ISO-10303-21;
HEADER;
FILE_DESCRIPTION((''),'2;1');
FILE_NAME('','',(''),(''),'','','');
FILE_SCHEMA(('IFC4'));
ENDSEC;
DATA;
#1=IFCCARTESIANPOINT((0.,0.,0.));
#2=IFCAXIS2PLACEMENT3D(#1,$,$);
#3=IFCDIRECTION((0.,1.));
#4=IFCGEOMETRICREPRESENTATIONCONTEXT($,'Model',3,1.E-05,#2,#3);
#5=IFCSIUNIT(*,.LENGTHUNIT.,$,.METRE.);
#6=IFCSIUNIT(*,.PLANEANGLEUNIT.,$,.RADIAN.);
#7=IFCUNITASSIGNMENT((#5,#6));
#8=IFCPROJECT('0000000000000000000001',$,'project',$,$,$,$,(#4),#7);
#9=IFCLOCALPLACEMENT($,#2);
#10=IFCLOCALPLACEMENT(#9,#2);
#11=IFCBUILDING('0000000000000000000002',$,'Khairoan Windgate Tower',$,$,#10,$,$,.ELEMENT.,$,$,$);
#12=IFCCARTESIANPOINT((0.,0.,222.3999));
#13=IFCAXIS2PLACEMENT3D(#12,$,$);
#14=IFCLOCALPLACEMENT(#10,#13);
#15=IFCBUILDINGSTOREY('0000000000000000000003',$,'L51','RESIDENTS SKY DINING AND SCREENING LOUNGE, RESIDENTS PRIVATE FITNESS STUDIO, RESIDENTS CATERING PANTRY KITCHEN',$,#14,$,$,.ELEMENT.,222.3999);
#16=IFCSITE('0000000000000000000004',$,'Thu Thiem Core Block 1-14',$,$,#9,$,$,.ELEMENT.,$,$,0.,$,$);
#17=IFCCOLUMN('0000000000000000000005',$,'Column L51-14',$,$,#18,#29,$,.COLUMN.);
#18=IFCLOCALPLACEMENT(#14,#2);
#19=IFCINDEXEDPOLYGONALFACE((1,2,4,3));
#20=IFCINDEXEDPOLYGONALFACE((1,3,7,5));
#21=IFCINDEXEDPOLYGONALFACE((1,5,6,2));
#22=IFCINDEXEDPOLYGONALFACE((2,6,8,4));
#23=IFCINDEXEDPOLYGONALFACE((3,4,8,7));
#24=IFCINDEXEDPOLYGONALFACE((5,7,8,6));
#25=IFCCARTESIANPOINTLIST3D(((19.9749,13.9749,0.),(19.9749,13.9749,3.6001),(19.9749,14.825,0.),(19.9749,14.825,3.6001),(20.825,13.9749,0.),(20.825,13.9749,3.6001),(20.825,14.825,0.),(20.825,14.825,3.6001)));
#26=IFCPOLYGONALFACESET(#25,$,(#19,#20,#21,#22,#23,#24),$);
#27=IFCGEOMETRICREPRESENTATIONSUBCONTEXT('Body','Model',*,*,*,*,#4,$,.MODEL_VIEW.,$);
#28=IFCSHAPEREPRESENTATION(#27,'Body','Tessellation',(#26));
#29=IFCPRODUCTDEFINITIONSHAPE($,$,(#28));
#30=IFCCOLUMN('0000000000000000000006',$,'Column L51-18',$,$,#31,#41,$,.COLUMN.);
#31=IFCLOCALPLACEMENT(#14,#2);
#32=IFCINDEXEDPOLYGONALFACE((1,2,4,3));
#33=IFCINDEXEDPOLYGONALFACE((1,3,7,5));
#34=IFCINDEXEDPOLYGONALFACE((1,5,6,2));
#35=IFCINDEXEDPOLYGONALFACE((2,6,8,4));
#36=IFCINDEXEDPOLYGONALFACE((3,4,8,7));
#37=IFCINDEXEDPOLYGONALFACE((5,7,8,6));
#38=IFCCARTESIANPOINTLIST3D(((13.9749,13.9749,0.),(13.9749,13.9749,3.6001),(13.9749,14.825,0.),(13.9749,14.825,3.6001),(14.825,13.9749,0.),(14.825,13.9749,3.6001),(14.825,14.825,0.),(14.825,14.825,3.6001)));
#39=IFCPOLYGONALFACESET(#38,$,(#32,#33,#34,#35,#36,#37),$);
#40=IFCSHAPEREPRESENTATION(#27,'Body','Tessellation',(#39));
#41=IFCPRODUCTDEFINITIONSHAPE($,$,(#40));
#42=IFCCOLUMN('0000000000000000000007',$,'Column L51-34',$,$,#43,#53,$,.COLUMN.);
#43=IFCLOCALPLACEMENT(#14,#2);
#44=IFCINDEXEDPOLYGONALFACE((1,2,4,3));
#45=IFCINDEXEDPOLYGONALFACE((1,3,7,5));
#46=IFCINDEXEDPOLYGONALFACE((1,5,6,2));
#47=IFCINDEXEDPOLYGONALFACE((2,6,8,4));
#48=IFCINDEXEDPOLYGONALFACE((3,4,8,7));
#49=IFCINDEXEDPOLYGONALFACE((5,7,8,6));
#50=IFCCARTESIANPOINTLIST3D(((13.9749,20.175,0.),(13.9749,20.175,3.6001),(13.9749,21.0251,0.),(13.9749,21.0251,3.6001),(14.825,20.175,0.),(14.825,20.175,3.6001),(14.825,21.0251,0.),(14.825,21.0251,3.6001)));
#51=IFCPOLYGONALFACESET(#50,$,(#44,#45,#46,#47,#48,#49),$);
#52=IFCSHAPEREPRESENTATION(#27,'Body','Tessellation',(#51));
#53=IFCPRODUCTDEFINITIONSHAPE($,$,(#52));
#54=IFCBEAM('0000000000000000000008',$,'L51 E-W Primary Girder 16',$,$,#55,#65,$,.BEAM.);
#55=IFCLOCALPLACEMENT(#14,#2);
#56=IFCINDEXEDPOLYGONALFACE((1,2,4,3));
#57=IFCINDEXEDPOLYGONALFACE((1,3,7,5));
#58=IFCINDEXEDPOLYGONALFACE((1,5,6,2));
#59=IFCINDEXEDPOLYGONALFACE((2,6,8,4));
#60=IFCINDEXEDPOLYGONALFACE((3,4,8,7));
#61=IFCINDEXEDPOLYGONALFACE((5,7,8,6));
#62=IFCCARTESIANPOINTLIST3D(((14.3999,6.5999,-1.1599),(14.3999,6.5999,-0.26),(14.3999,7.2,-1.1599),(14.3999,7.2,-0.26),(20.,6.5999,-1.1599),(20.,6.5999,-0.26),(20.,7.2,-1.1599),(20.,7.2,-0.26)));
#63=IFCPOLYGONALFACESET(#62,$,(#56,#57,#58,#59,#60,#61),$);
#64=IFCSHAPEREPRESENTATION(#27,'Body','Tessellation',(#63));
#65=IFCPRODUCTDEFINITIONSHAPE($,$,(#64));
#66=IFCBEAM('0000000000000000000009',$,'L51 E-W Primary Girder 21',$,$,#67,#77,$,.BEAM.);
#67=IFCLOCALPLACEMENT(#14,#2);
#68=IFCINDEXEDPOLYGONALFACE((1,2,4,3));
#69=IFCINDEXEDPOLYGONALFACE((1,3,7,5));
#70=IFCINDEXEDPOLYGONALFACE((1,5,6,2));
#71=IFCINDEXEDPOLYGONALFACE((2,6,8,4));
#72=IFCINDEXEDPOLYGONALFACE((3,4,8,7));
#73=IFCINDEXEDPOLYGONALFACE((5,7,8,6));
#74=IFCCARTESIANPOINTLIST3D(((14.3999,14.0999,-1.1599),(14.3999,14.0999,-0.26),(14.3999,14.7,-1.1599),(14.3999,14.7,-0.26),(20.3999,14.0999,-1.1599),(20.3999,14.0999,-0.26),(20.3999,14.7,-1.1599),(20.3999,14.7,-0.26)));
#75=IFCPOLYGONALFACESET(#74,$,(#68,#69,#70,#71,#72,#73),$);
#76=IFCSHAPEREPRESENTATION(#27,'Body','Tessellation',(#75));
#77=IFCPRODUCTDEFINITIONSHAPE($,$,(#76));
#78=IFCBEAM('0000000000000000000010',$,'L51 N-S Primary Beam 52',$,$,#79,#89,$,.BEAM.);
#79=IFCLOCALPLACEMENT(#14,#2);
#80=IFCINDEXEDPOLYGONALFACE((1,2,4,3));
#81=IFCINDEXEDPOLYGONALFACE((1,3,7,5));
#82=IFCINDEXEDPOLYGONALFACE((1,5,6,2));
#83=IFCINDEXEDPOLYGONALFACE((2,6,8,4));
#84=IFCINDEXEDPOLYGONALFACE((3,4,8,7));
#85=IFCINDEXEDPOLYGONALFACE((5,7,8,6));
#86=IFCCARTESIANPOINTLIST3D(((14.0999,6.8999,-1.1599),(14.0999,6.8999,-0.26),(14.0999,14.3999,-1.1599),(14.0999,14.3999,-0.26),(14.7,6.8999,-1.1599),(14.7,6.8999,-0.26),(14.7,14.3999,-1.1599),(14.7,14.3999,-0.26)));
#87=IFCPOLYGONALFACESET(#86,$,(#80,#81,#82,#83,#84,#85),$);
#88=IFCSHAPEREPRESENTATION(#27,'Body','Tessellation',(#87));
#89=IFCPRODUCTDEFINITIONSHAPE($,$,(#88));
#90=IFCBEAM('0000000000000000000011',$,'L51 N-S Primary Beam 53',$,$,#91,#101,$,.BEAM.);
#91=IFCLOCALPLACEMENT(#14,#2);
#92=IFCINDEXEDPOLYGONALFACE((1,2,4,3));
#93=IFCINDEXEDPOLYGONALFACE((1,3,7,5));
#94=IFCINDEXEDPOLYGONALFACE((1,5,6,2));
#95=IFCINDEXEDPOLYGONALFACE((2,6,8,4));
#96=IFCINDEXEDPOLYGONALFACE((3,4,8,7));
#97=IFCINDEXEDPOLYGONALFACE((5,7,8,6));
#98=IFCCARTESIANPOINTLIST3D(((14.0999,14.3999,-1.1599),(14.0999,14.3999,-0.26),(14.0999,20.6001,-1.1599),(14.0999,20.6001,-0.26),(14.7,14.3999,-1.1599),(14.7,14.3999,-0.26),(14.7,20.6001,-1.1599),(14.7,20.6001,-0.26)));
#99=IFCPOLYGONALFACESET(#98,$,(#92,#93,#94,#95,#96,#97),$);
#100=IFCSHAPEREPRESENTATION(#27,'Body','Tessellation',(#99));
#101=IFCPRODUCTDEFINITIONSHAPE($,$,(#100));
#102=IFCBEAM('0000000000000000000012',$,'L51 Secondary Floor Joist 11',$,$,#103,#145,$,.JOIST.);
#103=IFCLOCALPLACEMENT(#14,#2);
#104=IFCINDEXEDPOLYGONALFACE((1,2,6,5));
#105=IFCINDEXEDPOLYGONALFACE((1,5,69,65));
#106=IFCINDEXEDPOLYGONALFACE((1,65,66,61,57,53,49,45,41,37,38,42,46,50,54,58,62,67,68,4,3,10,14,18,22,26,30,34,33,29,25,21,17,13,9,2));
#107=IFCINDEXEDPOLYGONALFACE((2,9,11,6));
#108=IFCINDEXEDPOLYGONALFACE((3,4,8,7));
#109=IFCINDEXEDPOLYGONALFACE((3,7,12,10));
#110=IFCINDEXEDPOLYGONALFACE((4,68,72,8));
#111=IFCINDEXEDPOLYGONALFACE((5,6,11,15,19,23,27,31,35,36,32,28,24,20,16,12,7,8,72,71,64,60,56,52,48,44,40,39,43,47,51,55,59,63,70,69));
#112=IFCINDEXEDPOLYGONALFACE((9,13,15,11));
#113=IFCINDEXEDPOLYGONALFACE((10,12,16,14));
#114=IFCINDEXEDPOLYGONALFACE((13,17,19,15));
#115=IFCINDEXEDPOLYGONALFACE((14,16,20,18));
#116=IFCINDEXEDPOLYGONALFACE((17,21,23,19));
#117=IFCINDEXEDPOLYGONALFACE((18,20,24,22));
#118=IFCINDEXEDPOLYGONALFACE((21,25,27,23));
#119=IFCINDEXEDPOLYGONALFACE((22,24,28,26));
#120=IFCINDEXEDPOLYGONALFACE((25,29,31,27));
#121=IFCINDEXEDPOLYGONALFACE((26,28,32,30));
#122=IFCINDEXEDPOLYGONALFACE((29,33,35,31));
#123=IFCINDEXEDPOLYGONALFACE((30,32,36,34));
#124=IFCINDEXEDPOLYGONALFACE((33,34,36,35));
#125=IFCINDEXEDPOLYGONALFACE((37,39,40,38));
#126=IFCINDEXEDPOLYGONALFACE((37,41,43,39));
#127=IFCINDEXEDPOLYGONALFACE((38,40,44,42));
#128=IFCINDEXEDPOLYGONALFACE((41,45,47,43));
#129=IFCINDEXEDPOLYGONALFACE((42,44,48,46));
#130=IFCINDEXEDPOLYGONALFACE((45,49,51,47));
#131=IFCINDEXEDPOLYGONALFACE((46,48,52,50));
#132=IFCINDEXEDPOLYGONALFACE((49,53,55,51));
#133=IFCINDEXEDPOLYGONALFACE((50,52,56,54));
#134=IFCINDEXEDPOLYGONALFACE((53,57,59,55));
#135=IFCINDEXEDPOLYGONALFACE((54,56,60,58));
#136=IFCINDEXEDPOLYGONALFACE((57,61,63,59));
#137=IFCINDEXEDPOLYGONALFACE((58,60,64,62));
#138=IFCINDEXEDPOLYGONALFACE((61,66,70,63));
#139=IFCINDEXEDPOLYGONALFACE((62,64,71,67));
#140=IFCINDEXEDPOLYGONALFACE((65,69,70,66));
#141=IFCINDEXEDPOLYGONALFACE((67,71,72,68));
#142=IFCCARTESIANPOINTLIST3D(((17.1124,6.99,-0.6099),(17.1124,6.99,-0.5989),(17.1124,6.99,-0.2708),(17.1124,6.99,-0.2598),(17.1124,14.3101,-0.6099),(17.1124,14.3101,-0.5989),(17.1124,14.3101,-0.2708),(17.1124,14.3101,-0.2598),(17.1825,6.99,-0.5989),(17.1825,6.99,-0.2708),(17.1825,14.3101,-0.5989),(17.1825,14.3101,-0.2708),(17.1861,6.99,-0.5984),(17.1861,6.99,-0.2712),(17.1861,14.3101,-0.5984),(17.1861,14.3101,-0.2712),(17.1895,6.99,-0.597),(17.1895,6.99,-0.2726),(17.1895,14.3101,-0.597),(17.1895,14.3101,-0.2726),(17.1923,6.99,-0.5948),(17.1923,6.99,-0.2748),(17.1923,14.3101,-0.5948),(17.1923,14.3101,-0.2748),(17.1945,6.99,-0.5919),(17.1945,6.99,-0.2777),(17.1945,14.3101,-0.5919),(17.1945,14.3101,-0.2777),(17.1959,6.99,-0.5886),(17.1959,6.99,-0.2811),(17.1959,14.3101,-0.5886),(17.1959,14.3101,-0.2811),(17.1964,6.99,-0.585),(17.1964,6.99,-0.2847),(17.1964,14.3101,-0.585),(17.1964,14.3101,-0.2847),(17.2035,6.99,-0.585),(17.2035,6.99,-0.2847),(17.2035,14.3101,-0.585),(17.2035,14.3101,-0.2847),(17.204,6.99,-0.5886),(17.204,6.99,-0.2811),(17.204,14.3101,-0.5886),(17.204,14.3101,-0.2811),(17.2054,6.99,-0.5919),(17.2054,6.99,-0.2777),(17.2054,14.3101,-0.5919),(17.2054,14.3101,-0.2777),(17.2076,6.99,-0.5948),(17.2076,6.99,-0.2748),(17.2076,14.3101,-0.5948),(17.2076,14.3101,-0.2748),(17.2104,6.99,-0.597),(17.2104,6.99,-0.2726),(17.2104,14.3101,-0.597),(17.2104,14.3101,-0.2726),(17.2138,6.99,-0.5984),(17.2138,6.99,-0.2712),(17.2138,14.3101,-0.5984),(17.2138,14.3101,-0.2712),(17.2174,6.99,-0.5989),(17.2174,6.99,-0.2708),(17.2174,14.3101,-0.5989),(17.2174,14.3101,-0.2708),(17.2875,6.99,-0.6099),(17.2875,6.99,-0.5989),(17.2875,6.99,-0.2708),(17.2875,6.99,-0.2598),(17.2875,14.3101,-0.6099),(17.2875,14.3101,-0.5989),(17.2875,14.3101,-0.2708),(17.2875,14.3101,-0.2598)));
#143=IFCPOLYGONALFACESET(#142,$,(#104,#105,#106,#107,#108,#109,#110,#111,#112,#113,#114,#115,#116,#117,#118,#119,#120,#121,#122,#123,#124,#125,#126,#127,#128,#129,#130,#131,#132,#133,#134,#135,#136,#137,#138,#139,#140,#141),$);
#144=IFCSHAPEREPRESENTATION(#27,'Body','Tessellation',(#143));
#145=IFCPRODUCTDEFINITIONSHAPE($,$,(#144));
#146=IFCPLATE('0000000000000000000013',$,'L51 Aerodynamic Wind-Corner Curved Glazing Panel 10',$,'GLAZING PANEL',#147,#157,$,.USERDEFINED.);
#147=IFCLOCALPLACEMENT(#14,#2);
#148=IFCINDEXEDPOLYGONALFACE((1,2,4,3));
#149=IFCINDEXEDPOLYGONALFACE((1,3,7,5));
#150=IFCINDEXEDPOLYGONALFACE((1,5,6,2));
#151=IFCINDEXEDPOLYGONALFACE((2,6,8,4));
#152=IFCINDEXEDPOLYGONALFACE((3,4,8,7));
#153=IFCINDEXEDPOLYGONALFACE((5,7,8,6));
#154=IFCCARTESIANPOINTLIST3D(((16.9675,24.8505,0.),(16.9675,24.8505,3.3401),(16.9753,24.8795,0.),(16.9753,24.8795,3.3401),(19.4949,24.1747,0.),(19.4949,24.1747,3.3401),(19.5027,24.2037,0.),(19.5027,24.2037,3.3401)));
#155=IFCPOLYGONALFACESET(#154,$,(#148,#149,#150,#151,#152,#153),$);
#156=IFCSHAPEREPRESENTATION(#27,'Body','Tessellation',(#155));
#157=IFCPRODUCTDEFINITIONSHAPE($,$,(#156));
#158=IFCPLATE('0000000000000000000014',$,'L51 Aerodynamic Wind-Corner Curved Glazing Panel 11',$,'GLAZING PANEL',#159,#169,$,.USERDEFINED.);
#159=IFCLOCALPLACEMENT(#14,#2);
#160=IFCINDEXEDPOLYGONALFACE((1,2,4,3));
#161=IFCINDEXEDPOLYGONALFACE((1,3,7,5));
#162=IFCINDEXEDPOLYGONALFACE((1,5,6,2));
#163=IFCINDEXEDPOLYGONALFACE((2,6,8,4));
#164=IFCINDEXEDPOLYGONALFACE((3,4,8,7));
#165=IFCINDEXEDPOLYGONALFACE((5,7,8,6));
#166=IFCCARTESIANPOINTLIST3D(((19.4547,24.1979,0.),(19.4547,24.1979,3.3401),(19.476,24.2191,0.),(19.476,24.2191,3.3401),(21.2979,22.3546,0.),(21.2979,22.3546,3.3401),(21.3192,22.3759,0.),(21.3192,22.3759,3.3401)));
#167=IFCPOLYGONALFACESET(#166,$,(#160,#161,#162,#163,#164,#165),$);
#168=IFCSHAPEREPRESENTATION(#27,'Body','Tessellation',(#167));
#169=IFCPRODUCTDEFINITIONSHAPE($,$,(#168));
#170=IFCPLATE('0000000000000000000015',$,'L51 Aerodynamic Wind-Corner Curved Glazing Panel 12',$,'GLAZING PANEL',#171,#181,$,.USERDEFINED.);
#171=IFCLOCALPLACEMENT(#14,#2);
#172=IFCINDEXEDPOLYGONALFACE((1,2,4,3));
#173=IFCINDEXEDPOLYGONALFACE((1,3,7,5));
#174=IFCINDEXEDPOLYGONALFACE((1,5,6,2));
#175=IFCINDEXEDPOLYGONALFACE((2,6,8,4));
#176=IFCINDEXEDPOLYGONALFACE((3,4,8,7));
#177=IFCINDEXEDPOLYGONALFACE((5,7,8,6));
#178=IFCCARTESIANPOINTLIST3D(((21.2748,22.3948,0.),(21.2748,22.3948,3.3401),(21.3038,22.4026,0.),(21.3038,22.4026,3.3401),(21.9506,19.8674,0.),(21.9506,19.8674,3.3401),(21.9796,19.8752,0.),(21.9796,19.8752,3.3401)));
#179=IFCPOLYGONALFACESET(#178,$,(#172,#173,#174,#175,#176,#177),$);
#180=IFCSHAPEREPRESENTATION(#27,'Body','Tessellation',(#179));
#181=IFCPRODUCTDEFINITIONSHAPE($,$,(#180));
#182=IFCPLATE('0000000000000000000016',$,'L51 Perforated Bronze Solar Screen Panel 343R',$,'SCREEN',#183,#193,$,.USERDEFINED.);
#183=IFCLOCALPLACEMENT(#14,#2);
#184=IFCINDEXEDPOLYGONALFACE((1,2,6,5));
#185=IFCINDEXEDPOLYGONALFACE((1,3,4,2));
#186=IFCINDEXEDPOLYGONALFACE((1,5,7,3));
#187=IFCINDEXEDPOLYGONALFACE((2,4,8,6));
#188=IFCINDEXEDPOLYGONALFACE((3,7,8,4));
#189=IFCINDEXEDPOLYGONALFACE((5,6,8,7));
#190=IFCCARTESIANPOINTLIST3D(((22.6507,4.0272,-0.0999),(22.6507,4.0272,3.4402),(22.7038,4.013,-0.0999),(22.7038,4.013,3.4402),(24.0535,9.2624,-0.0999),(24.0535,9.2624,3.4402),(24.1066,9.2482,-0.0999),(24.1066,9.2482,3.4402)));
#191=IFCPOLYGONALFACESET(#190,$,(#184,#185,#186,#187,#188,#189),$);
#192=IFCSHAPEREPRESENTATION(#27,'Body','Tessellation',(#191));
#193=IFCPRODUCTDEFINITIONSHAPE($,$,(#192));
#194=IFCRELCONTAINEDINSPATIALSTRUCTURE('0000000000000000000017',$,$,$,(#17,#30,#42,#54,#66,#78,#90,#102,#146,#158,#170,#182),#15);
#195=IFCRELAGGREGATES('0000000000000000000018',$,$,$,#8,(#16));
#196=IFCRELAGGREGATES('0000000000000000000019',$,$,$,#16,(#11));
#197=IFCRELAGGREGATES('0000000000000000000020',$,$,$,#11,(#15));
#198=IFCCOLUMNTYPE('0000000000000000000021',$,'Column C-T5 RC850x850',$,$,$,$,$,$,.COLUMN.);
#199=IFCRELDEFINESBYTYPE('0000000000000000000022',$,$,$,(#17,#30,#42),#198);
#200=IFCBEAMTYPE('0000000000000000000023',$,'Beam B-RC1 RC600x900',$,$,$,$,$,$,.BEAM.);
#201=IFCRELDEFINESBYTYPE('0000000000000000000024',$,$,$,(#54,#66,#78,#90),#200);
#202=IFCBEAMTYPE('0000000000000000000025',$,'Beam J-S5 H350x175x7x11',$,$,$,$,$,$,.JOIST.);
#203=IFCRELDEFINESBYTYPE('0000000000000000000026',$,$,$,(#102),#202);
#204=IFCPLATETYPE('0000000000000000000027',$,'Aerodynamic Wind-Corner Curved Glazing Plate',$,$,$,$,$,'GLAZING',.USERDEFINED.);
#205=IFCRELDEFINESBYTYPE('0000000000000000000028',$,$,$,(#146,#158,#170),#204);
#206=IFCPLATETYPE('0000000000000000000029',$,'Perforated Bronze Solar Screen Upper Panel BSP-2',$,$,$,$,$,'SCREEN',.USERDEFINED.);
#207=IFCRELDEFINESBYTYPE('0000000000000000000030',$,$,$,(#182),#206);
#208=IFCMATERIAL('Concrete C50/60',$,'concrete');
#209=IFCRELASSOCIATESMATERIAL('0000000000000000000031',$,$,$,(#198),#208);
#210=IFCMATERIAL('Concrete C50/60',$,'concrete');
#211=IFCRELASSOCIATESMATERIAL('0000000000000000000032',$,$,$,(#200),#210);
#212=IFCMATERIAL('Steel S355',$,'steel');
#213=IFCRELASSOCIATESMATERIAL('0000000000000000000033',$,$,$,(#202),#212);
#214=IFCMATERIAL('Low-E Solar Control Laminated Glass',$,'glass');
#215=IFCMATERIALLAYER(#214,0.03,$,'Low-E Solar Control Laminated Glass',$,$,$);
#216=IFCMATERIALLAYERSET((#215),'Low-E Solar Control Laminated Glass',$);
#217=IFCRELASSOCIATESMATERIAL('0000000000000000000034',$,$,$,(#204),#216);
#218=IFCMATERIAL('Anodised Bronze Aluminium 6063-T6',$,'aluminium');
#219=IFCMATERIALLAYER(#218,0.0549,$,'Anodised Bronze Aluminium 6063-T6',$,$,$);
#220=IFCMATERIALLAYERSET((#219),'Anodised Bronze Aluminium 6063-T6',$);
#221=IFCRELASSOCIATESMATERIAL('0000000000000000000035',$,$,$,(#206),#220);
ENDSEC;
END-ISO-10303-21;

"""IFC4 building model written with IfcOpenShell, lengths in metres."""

from ifc_helpers import new_model, si_unit, direction, frame, origin, origin_2d, place, context, subcontext, project, spatial, rectangle, i_section, extrude, material, layer, layer_set, material_profile, profile_set, type_object, element, save


model = new_model("IFC4")

# Units and contexts
model_context = context("Model", 3, precision=1e-05, world=origin(), true_north=direction((0.0, 1.0)))
body_context = subcontext(model_context, "Body", "Model", "MODEL_VIEW")
ifc_project = project(units=[si_unit("LENGTHUNIT", "METRE"), si_unit("PLANEANGLEUNIT", "RADIAN")], contexts=[model_context])

# Site, building, storey
site_placement = place(None, origin())
site = spatial("IfcSite", under=ifc_project, at=site_placement, Name="Thu Thiem Core Block 1-14", CompositionType="ELEMENT", RefElevation=0.0)
building_placement = place(site_placement, origin())
building = spatial("IfcBuilding", under=site, at=building_placement, Name="Khairoan Windgate Tower", CompositionType="ELEMENT")
storey_placement = place(building_placement, frame((0.0, 0.0, 222.3999)))
storey = spatial("IfcBuildingStorey", under=building, at=storey_placement, Name="L51", Description="RESIDENTS SKY DINING AND SCREENING LOUNGE, RESIDENTS PRIVATE FITNESS STUDIO, RESIDENTS CATERING PANTRY KITCHEN", CompositionType="ELEMENT", Elevation=222.3999)

# Columns
ifc_material_1 = material(Name="Concrete C50/60", Category="concrete")
ifc_material_profile_1 = material_profile(ifc_material_1, rectangle(XDim=0.8501, YDim=0.8501, at=origin_2d()))
ifc_profile_set_1 = profile_set([ifc_material_profile_1], Name="Concrete C50/60")
column_type = type_object("IfcColumnType", Name="Column C-T5 RC850x850", PredefinedType="COLUMN", material=ifc_profile_set_1)
for number, where, z_axis, x_axis, name in (
    (1, (20.3999, 14.3999, 0.0), (0.0, 0.0, 1.0), (1.0, 0.0, 0.0), "Column L51-14"),
    (2, (14.3999, 14.3999, 0.0), (0.0, 0.0, 1.0), (1.0, 0.0, 0.0), "Column L51-18"),
    (3, (14.3999, 20.6001, 0.0), (0.0, 0.0, 1.0), (1.0, 0.0, 0.0), "Column L51-34"),
):
    element("IfcColumn", number, at=place(storey_placement, frame(where, z_axis=z_axis, x_axis=x_axis)), inside=storey, type_object=column_type, Name=name, PredefinedType="COLUMN", context=body_context, shape_type="SweptSolid", body=[
        extrude(rectangle(XDim=0.8501, YDim=0.8501, at=origin_2d()), origin(), (0.0, 0.0, 1.0), 3.6001),
    ])

# Beams
ifc_material_2 = material(Name="Concrete C50/60", Category="concrete")
ifc_material_profile_2 = material_profile(ifc_material_2, rectangle(XDim=0.6001, YDim=0.8999, at=origin_2d()))
ifc_profile_set_2 = profile_set([ifc_material_profile_2], Name="Concrete C50/60")
beam_type_1 = type_object("IfcBeamType", Name="Beam B-RC1 RC600x900", PredefinedType="BEAM", material=ifc_profile_set_2)
beam_1_placement = place(storey_placement, frame((14.3999, 6.8999, -0.71), z_axis=(1.0, 0.0, 0.0), x_axis=(0.0, 1.0, 0.0)))
element("IfcBeam", 4, at=beam_1_placement, inside=storey, type_object=beam_type_1, Name="L51 E-W Primary Girder 16", PredefinedType="BEAM", context=body_context, shape_type="SweptSolid", body=[
    extrude(rectangle(XDim=0.6001, YDim=0.8999, at=origin_2d()), origin(), (0.0, 0.0, 1.0), 5.6001),
])
beam_2_placement = place(storey_placement, frame((14.3999, 14.3999, -0.71), z_axis=(1.0, 0.0, 0.0), x_axis=(0.0, 1.0, 0.0)))
element("IfcBeam", 5, at=beam_2_placement, inside=storey, type_object=beam_type_1, Name="L51 E-W Primary Girder 21", PredefinedType="BEAM", context=body_context, shape_type="SweptSolid", body=[
    extrude(rectangle(XDim=0.6001, YDim=0.8999, at=origin_2d()), origin(), (0.0, 0.0, 1.0), 6.0),
])
beam_3_placement = place(storey_placement, frame((14.3999, 6.8999, -0.71), z_axis=(0.0, 1.0, 0.0), x_axis=(-1.0, 0.0, 0.0)))
element("IfcBeam", 6, at=beam_3_placement, inside=storey, type_object=beam_type_1, Name="L51 N-S Primary Beam 52", PredefinedType="BEAM", context=body_context, shape_type="SweptSolid", body=[
    extrude(rectangle(XDim=0.6001, YDim=0.8999, at=origin_2d()), origin(), (0.0, 0.0, 1.0), 7.5),
])
beam_4_placement = place(storey_placement, frame((14.3999, 14.3999, -0.71), z_axis=(0.0, 1.0, 0.0), x_axis=(-1.0, 0.0, 0.0)))
element("IfcBeam", 7, at=beam_4_placement, inside=storey, type_object=beam_type_1, Name="L51 N-S Primary Beam 53", PredefinedType="BEAM", context=body_context, shape_type="SweptSolid", body=[
    extrude(rectangle(XDim=0.6001, YDim=0.8999, at=origin_2d()), origin(), (0.0, 0.0, 1.0), 6.2002),
])
ifc_material_3 = material(Name="Steel S355", Category="steel")
ifc_material_profile_3 = material_profile(ifc_material_3, i_section(OverallWidth=0.175, OverallDepth=0.3501, WebThickness=0.0071, FlangeThickness=0.011, FilletRadius=0.0139, at=origin_2d()))
ifc_profile_set_3 = profile_set([ifc_material_profile_3], Name="Steel S355")
beam_type_2 = type_object("IfcBeamType", Name="Beam J-S5 H350x175x7x11", PredefinedType="JOIST", material=ifc_profile_set_3)
beam_5_placement = place(storey_placement, frame((17.2, 6.99, -0.4348), z_axis=(0.0, 1.0, 0.0), x_axis=(-1.0, 0.0, 0.0)))
element("IfcBeam", 8, at=beam_5_placement, inside=storey, type_object=beam_type_2, Name="L51 Secondary Floor Joist 11", PredefinedType="JOIST", context=body_context, shape_type="SweptSolid", body=[
    extrude(i_section(OverallWidth=0.175, OverallDepth=0.3501, WebThickness=0.0071, FlangeThickness=0.011, FilletRadius=0.0139, at=origin_2d()), origin(), (0.0, 0.0, 1.0), 7.3201),
])

# Plates
ifc_material_4 = material(Name="Low-E Solar Control Laminated Glass", Category="glass")
ifc_layer_1 = layer(ifc_material_4, 0.03, Name="Low-E Solar Control Laminated Glass")
ifc_layer_set_1 = layer_set([ifc_layer_1], Name="Low-E Solar Control Laminated Glass")
plate_type_1 = type_object("IfcPlateType", Name="Aerodynamic Wind-Corner Curved Glazing Plate", ElementType="GLAZING", PredefinedType="USERDEFINED", material=ifc_layer_set_1)
plate_1_placement = place(storey_placement, frame((18.2351, 24.5271, 0.0), z_axis=(0.0, 0.0, 1.0), x_axis=(0.966061, -0.258313, 0.0)))
element("IfcPlate", 9, at=plate_1_placement, inside=storey, type_object=plate_type_1, Name="L51 Aerodynamic Wind-Corner Curved Glazing Panel 10", ObjectType="GLAZING PANEL", PredefinedType="USERDEFINED", context=body_context, shape_type="SweptSolid", body=[
    extrude(rectangle(XDim=2.6162, YDim=0.03, at=origin_2d()), origin(), (0.0, 0.0, 1.0), 3.3401),
])
plate_2_placement = place(storey_placement, frame((20.387, 23.2869, 0.0), z_axis=(0.0, 0.0, 1.0), x_axis=(0.707107, -0.707107, 0.0)))
element("IfcPlate", 10, at=plate_2_placement, inside=storey, type_object=plate_type_1, Name="L51 Aerodynamic Wind-Corner Curved Glazing Panel 11", ObjectType="GLAZING PANEL", PredefinedType="USERDEFINED", context=body_context, shape_type="SweptSolid", body=[
    extrude(rectangle(XDim=2.6067, YDim=0.03, at=origin_2d()), origin(), (0.0, 0.0, 1.0), 3.3401),
])
plate_3_placement = place(storey_placement, frame((21.6272, 21.135, 0.0), z_axis=(0.0, 0.0, 1.0), x_axis=(0.258313, -0.966061, 0.0)))
element("IfcPlate", 11, at=plate_3_placement, inside=storey, type_object=plate_type_1, Name="L51 Aerodynamic Wind-Corner Curved Glazing Panel 12", ObjectType="GLAZING PANEL", PredefinedType="USERDEFINED", context=body_context, shape_type="SweptSolid", body=[
    extrude(rectangle(XDim=2.6162, YDim=0.03, at=origin_2d()), origin(), (0.0, 0.0, 1.0), 3.3401),
])

# Plate
ifc_material_5 = material(Name="Anodised Bronze Aluminium 6063-T6", Category="aluminium")
ifc_layer_2 = layer(ifc_material_5, 0.0549, Name="Anodised Bronze Aluminium 6063-T6")
ifc_layer_set_2 = layer_set([ifc_layer_2], Name="Anodised Bronze Aluminium 6063-T6")
plate_type_2 = type_object("IfcPlateType", Name="Perforated Bronze Solar Screen Upper Panel BSP-2", ElementType="SCREEN", PredefinedType="USERDEFINED", material=ifc_layer_set_2)
plate_4_placement = place(storey_placement, frame((23.3787, 6.6377, -0.0999), z_axis=(0.0, 0.0, 1.0), x_axis=(-0.258819, -0.965926, 0.0)))
element("IfcPlate", 12, at=plate_4_placement, inside=storey, type_object=plate_type_2, Name="L51 Perforated Bronze Solar Screen Panel 343R", ObjectType="SCREEN", PredefinedType="USERDEFINED", context=body_context, shape_type="SweptSolid", body=[
    extrude(rectangle(XDim=5.4199, YDim=0.0549, at=origin_2d()), origin(), (0.0, 0.0, 1.0), 3.54),
])

save(model, "model.ifc")
